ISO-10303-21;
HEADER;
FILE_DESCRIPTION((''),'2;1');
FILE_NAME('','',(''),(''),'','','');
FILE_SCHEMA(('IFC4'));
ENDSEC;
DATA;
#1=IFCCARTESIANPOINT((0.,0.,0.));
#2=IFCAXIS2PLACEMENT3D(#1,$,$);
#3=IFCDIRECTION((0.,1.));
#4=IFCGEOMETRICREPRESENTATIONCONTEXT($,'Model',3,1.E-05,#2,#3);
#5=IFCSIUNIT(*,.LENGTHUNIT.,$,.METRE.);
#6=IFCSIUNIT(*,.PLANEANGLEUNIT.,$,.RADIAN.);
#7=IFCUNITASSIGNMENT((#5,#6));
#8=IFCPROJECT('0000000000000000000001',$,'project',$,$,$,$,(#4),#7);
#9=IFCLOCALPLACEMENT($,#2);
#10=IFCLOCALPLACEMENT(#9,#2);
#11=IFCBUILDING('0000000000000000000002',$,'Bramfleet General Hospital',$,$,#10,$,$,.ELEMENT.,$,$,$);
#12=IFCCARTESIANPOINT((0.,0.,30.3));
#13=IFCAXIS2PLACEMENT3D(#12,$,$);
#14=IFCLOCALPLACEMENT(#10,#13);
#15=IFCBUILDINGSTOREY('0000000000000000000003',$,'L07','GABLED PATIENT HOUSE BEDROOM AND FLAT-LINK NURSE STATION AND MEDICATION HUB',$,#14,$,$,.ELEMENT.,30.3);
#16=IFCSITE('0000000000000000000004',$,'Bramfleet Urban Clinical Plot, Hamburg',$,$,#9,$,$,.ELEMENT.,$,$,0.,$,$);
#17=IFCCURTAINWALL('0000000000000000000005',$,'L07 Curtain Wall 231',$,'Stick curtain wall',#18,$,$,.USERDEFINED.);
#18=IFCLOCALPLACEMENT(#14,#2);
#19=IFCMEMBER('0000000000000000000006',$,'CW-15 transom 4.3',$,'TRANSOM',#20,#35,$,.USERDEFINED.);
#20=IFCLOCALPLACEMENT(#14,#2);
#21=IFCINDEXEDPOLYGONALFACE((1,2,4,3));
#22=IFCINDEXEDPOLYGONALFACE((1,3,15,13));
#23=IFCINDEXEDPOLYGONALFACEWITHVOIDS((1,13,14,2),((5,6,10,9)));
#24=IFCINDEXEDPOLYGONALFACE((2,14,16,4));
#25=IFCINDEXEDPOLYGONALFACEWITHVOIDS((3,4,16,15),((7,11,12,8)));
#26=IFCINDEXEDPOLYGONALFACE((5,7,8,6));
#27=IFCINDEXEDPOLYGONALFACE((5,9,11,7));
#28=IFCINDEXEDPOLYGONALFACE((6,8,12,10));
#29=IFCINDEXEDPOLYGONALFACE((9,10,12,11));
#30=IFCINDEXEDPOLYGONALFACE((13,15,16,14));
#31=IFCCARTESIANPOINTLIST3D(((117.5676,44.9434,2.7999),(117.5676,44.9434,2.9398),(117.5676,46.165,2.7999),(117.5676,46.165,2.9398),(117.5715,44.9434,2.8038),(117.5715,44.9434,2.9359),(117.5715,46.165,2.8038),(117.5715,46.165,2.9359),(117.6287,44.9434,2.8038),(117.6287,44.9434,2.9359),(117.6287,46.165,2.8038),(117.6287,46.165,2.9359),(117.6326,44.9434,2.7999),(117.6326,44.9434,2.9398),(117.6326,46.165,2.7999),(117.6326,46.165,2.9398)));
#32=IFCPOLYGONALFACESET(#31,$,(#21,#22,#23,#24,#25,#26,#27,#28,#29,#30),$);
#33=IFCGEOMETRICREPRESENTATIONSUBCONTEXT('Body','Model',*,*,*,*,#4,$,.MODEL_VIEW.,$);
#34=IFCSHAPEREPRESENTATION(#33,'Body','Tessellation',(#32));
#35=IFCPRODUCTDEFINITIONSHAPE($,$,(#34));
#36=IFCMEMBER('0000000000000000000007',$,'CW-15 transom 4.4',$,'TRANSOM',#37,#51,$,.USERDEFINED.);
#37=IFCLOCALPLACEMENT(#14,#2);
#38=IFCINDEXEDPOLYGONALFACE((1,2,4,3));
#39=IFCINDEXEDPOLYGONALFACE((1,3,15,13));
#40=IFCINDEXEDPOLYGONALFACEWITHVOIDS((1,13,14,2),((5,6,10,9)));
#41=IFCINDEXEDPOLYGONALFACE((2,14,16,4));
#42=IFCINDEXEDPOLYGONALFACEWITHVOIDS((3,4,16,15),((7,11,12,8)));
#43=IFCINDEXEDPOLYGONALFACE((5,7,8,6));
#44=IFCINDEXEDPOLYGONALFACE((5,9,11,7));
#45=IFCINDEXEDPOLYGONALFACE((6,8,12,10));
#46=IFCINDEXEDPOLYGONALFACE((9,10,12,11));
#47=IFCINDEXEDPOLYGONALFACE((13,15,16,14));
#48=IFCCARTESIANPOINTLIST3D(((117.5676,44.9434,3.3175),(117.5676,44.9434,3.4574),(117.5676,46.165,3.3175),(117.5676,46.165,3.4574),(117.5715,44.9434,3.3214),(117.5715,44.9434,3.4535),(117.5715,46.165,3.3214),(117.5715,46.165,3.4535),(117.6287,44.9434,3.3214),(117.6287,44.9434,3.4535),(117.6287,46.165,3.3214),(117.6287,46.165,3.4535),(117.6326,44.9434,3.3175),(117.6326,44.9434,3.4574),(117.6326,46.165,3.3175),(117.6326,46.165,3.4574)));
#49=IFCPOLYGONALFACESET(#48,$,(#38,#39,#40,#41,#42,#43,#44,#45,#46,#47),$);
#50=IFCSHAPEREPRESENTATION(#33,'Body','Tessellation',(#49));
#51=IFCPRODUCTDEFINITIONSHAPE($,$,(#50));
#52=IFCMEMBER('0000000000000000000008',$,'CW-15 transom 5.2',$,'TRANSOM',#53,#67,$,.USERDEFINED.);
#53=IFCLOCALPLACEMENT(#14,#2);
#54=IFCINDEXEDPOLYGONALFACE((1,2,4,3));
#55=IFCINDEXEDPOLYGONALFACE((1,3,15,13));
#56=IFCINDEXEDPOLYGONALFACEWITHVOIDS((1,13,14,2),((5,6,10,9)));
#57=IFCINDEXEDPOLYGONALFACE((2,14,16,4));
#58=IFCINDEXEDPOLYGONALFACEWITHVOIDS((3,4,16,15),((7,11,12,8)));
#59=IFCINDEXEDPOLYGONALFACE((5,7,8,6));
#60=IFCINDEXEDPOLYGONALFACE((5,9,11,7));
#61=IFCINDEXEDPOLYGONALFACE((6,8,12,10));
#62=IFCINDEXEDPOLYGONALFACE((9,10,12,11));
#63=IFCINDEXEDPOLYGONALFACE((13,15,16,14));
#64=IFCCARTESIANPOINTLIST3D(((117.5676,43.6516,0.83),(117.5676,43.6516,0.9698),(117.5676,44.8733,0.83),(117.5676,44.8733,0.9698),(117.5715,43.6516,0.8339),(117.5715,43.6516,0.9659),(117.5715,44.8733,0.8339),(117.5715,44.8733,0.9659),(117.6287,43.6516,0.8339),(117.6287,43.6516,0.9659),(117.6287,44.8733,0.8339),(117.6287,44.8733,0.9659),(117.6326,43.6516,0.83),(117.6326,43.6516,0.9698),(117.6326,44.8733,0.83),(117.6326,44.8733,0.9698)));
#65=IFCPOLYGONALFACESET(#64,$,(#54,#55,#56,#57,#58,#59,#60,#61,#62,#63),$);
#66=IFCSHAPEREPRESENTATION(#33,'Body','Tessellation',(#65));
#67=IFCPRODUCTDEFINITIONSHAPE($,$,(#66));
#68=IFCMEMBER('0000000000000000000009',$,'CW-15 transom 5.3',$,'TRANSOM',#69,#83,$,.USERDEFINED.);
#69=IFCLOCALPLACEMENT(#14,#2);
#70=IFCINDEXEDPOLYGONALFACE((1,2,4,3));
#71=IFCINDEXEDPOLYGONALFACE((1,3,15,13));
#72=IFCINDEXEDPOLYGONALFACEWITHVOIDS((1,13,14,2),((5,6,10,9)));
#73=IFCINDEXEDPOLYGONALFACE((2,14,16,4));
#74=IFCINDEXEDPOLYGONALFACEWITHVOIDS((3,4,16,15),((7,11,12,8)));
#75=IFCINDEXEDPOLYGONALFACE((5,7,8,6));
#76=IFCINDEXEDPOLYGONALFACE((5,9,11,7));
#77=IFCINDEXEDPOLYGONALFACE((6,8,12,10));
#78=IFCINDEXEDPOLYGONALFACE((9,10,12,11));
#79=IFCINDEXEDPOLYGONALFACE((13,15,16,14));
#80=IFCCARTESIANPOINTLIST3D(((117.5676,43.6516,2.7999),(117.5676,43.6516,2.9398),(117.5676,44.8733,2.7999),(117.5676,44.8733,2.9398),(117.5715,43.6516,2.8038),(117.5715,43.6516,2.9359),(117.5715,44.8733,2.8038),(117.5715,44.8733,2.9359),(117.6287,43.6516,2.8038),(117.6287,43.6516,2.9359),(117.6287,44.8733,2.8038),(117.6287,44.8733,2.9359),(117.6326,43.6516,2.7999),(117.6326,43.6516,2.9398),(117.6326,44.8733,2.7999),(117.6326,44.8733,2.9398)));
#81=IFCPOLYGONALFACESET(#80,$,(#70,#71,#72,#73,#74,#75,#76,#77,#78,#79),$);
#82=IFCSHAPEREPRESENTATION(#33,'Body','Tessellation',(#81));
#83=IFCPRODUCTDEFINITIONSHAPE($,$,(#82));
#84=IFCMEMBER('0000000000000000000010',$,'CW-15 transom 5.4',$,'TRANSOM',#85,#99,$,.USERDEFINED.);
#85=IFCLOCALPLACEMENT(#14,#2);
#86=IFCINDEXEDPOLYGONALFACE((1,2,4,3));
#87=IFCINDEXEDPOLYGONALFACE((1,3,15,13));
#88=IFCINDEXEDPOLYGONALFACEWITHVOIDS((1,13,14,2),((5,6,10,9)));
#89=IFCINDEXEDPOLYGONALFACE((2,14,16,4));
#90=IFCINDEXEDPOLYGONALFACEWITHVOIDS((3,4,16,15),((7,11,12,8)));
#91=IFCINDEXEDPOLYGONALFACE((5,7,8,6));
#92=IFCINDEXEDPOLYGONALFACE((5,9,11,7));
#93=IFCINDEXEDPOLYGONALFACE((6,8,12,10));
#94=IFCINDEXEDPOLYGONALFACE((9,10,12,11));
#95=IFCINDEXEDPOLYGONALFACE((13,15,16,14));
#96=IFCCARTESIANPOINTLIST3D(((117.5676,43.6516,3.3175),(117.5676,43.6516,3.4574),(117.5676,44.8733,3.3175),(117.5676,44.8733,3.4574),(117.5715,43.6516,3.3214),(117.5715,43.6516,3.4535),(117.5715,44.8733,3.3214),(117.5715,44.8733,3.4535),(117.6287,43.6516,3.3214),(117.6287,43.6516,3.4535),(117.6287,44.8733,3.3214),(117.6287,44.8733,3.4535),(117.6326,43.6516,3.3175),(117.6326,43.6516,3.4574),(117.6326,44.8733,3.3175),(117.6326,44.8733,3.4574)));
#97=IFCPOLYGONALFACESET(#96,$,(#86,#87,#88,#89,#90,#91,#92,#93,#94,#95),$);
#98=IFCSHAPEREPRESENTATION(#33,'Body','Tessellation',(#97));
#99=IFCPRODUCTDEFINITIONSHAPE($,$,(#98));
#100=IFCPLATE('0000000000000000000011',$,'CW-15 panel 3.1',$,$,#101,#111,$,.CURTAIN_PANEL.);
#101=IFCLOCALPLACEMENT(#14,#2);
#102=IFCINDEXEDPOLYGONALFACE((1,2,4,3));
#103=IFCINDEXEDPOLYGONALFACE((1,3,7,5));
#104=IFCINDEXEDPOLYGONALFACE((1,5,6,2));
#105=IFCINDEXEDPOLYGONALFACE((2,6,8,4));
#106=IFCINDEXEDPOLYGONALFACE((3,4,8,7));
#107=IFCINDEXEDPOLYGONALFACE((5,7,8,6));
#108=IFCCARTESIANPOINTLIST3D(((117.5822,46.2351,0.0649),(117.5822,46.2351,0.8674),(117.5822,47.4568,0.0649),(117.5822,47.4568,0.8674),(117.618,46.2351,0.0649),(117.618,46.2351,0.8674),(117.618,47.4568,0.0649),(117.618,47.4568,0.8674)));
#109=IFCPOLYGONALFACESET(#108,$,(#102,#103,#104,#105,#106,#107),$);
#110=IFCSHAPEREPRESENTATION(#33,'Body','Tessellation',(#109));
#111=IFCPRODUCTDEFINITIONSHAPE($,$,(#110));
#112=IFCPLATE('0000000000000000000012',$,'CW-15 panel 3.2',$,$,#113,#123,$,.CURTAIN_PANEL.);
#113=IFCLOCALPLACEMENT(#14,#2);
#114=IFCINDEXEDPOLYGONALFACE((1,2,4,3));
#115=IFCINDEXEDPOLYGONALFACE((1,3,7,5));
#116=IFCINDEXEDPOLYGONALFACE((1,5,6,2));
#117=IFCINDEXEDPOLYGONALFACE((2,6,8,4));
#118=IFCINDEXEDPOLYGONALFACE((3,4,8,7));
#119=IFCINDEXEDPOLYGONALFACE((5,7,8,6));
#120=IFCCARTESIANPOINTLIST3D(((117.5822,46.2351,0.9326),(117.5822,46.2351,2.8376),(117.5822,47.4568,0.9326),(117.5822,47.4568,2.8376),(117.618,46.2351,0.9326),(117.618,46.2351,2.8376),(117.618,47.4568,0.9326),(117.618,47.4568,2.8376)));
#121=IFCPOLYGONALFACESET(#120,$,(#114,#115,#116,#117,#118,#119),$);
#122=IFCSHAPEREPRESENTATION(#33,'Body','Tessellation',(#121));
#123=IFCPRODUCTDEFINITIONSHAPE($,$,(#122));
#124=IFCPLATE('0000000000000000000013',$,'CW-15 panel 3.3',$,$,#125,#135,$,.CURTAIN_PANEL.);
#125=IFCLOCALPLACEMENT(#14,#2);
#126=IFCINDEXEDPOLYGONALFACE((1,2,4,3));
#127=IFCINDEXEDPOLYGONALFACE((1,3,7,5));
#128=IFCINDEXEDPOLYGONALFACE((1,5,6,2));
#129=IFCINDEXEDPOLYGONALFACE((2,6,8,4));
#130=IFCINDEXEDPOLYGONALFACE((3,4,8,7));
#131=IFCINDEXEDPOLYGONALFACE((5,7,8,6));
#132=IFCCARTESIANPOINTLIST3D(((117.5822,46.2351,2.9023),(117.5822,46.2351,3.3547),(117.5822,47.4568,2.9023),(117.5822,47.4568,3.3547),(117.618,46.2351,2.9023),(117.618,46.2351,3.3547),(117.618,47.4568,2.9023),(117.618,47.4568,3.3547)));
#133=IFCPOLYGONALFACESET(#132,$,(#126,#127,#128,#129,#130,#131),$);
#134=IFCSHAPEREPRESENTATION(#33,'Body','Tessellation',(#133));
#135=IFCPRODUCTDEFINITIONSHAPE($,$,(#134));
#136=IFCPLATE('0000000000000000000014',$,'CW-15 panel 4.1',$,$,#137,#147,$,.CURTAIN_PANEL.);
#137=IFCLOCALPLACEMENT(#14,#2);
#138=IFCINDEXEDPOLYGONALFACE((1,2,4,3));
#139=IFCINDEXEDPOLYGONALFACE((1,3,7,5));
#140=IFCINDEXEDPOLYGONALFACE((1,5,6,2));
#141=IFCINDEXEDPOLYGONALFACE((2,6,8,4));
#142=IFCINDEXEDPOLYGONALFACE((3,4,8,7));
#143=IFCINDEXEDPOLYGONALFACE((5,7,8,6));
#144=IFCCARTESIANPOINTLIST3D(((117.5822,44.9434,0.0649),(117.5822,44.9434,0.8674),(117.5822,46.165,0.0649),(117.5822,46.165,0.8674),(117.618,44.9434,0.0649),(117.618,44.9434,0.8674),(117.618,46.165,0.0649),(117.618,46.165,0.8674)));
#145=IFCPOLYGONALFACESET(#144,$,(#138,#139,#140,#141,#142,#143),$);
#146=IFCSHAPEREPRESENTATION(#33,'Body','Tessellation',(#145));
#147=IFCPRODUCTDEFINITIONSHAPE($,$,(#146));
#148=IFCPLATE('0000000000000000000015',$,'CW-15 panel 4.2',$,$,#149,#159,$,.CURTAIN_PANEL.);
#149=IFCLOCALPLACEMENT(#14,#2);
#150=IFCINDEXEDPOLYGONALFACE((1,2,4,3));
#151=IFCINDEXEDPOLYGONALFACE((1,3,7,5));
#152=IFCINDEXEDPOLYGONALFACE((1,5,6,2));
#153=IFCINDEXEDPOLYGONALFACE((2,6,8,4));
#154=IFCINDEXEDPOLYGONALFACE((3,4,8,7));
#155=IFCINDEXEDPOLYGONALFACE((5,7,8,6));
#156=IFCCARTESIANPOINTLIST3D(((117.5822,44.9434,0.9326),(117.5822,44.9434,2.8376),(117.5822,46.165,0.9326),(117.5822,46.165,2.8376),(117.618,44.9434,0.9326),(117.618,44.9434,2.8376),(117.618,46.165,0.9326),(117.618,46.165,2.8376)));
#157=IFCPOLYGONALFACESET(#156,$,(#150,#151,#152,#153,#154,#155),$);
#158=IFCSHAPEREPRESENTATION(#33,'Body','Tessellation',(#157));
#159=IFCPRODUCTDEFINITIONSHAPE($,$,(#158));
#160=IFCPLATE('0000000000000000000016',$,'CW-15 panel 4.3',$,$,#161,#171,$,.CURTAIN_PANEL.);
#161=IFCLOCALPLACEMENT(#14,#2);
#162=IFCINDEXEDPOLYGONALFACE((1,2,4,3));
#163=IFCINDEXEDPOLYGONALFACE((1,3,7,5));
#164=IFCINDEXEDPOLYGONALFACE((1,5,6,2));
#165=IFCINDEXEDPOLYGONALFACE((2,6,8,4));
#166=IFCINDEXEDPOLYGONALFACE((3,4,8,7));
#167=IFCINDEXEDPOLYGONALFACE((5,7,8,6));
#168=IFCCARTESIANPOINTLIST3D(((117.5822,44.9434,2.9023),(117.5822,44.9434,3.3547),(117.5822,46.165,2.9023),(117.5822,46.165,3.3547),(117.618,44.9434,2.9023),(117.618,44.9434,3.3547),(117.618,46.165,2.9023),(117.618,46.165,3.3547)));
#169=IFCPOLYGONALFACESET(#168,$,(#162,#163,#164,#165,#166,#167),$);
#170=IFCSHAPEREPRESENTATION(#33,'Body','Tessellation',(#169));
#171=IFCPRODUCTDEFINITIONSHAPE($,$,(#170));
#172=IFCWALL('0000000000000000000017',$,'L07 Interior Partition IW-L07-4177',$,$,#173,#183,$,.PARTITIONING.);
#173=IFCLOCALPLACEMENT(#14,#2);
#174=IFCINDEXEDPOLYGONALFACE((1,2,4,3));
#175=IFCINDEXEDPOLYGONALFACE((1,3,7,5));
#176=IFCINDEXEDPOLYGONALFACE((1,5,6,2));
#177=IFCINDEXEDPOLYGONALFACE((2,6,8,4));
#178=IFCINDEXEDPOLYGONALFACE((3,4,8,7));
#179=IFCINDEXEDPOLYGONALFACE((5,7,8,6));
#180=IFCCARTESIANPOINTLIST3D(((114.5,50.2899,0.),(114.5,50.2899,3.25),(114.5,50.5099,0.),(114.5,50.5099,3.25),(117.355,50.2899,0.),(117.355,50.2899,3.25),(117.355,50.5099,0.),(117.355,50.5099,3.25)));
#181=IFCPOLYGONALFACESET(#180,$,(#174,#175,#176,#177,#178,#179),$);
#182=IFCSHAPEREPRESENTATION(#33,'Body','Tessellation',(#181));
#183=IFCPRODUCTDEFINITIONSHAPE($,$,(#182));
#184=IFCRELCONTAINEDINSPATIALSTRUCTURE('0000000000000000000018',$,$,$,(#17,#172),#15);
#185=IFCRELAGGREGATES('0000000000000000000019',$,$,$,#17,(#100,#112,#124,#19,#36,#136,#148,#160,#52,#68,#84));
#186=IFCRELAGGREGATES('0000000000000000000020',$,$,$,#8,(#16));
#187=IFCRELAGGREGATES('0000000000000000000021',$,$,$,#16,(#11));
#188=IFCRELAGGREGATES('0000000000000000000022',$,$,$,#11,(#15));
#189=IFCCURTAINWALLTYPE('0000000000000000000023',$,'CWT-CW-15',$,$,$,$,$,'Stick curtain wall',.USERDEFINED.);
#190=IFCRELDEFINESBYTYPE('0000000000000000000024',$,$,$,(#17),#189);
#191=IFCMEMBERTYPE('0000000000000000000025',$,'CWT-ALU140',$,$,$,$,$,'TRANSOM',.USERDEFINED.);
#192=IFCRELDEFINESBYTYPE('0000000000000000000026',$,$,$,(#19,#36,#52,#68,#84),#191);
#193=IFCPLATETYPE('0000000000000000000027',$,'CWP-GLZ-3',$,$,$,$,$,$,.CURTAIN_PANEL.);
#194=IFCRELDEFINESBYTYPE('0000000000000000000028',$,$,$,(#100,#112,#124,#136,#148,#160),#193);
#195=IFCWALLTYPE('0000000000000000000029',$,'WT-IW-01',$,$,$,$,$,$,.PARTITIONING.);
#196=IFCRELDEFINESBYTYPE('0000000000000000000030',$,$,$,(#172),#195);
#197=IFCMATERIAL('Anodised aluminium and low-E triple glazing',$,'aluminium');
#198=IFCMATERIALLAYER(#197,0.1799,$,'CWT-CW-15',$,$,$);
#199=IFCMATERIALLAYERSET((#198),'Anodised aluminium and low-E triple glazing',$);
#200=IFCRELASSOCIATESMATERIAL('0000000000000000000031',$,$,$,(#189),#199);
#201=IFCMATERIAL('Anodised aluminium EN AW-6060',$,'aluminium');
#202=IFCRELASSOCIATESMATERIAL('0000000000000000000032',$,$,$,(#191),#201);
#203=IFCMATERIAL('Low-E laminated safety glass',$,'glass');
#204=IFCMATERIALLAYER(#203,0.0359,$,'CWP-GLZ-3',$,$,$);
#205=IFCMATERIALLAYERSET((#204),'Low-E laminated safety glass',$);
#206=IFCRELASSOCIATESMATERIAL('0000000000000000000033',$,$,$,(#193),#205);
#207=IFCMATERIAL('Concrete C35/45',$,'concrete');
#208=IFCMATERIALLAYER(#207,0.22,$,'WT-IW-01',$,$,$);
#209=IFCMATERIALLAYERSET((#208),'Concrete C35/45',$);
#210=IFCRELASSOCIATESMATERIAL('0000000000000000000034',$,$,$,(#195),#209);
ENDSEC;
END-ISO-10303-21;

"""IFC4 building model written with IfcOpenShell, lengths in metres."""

from ifc_helpers import new_model, si_unit, direction, frame, frame_2d, origin, origin_2d, place, context, subcontext, project, spatial, rectangle, hollow_rectangle, extrude, material, layer, layer_set, material_profile, profile_set, type_object, element, aggregate, save


model = new_model("IFC4")

# Units and contexts
model_context = context("Model", 3, precision=1e-05, world=origin(), true_north=direction((0.0, 1.0)))
body_context = subcontext(model_context, "Body", "Model", "MODEL_VIEW")
ifc_project = project(units=[si_unit("LENGTHUNIT", "METRE"), si_unit("PLANEANGLEUNIT", "RADIAN")], contexts=[model_context])

# Site, building, storey
site_placement = place(None, origin())
site = spatial("IfcSite", under=ifc_project, at=site_placement, Name="Bramfleet Urban Clinical Plot, Hamburg", CompositionType="ELEMENT", RefElevation=0.0)
building_placement = place(site_placement, origin())
building = spatial("IfcBuilding", under=site, at=building_placement, Name="Bramfleet General Hospital", CompositionType="ELEMENT")
storey_placement = place(building_placement, frame((0.0, 0.0, 30.3)))
storey = spatial("IfcBuildingStorey", under=building, at=storey_placement, Name="L07", Description="GABLED PATIENT HOUSE BEDROOM AND FLAT-LINK NURSE STATION AND MEDICATION HUB", CompositionType="ELEMENT", Elevation=30.3)

# Curtain wall, members, plates
ifc_material_1 = material(Name="Anodised aluminium and low-E triple glazing", Category="aluminium")
ifc_layer_1 = layer(ifc_material_1, 0.1799, Name="CWT-CW-15")
ifc_layer_set_1 = layer_set([ifc_layer_1], Name="Anodised aluminium and low-E triple glazing")
curtain_wall_type = type_object("IfcCurtainWallType", Name="CWT-CW-15", ElementType="Stick curtain wall", PredefinedType="USERDEFINED", material=ifc_layer_set_1)
curtain_wall_placement = place(storey_placement, origin())
curtain_wall = element("IfcCurtainWall", 1, at=curtain_wall_placement, inside=storey, type_object=curtain_wall_type, Name="L07 Curtain Wall 231", ObjectType="Stick curtain wall", PredefinedType="USERDEFINED")
ifc_material_2 = material(Name="Anodised aluminium EN AW-6060", Category="aluminium")
ifc_material_profile_1 = material_profile(ifc_material_2, hollow_rectangle(XDim=0.0649, YDim=0.1399, WallThickness=0.0039, at=origin_2d()), Name="ALU 140x65x4.0")
ifc_profile_set_1 = profile_set([ifc_material_profile_1], Name="Anodised aluminium EN AW-6060")
member_type_1 = type_object("IfcMemberType", Name="CWT-ALU140", ElementType="TRANSOM", PredefinedType="USERDEFINED", material=ifc_profile_set_1)
member_1_placement = place(storey_placement, frame((117.6001, 46.165, 2.8699), z_axis=(0.0, -1.0, 0.0), x_axis=(1.0, 0.0, 0.0)))
member_1 = element("IfcMember", 2, at=member_1_placement, type_object=member_type_1, Name="CW-15 transom 4.3", ObjectType="TRANSOM", PredefinedType="USERDEFINED", context=body_context, shape_type="SweptSolid", body=[
    extrude(hollow_rectangle(XDim=0.0649, YDim=0.1399, WallThickness=0.0039, at=origin_2d()), origin(), (0.0, 0.0, 1.0), 1.2217),
])
member_2_placement = place(storey_placement, frame((117.6001, 46.165, 3.3875), z_axis=(0.0, -1.0, 0.0), x_axis=(1.0, 0.0, 0.0)))
member_2 = element("IfcMember", 3, at=member_2_placement, type_object=member_type_1, Name="CW-15 transom 4.4", ObjectType="TRANSOM", PredefinedType="USERDEFINED", context=body_context, shape_type="SweptSolid", body=[
    extrude(hollow_rectangle(XDim=0.0649, YDim=0.1399, WallThickness=0.0039, at=origin_2d()), origin(), (0.0, 0.0, 1.0), 1.2217),
])
member_3_placement = place(storey_placement, frame((117.6001, 44.8733, 0.8999), z_axis=(0.0, -1.0, 0.0), x_axis=(1.0, 0.0, 0.0)))
member_3 = element("IfcMember", 4, at=member_3_placement, type_object=member_type_1, Name="CW-15 transom 5.2", ObjectType="TRANSOM", PredefinedType="USERDEFINED", context=body_context, shape_type="SweptSolid", body=[
    extrude(hollow_rectangle(XDim=0.0649, YDim=0.1399, WallThickness=0.0039, at=origin_2d()), origin(), (0.0, 0.0, 1.0), 1.2217),
])
member_4_placement = place(storey_placement, frame((117.6001, 44.8733, 2.8699), z_axis=(0.0, -1.0, 0.0), x_axis=(1.0, 0.0, 0.0)))
member_4 = element("IfcMember", 5, at=member_4_placement, type_object=member_type_1, Name="CW-15 transom 5.3", ObjectType="TRANSOM", PredefinedType="USERDEFINED", context=body_context, shape_type="SweptSolid", body=[
    extrude(hollow_rectangle(XDim=0.0649, YDim=0.1399, WallThickness=0.0039, at=origin_2d()), origin(), (0.0, 0.0, 1.0), 1.2217),
])
member_5_placement = place(storey_placement, frame((117.6001, 44.8733, 3.3875), z_axis=(0.0, -1.0, 0.0), x_axis=(1.0, 0.0, 0.0)))
member_5 = element("IfcMember", 6, at=member_5_placement, type_object=member_type_1, Name="CW-15 transom 5.4", ObjectType="TRANSOM", PredefinedType="USERDEFINED", context=body_context, shape_type="SweptSolid", body=[
    extrude(hollow_rectangle(XDim=0.0649, YDim=0.1399, WallThickness=0.0039, at=origin_2d()), origin(), (0.0, 0.0, 1.0), 1.2217),
])
ifc_material_3 = material(Name="Low-E laminated safety glass", Category="glass")
ifc_layer_2 = layer(ifc_material_3, 0.0359, Name="CWP-GLZ-3")
ifc_layer_set_2 = layer_set([ifc_layer_2], Name="Low-E laminated safety glass")
plate_type = type_object("IfcPlateType", Name="CWP-GLZ-3", PredefinedType="CURTAIN_PANEL", material=ifc_layer_set_2)
plate_1_placement = place(storey_placement, frame((117.6001, 46.8459, 0.0649), z_axis=(0.0, 0.0, 1.0), x_axis=(0.0, -1.0, 0.0)))
plate_1 = element("IfcPlate", 7, at=plate_1_placement, type_object=plate_type, Name="CW-15 panel 3.1", PredefinedType="CURTAIN_PANEL", context=body_context, shape_type="SweptSolid", body=[
    extrude(rectangle(XDim=1.2217, YDim=0.0359, at=origin_2d()), origin(), (0.0, 0.0, 1.0), 0.8025),
])
plate_2_placement = place(storey_placement, frame((117.6001, 46.8459, 0.9326), z_axis=(0.0, 0.0, 1.0), x_axis=(0.0, -1.0, 0.0)))
plate_2 = element("IfcPlate", 8, at=plate_2_placement, type_object=plate_type, Name="CW-15 panel 3.2", PredefinedType="CURTAIN_PANEL", context=body_context, shape_type="SweptSolid", body=[
    extrude(rectangle(XDim=1.2217, YDim=0.0359, at=origin_2d()), origin(), (0.0, 0.0, 1.0), 1.905),
])
plate_3_placement = place(storey_placement, frame((117.6001, 46.8459, 2.9023), z_axis=(0.0, 0.0, 1.0), x_axis=(0.0, -1.0, 0.0)))
plate_3 = element("IfcPlate", 9, at=plate_3_placement, type_object=plate_type, Name="CW-15 panel 3.3", PredefinedType="CURTAIN_PANEL", context=body_context, shape_type="SweptSolid", body=[
    extrude(rectangle(XDim=1.2217, YDim=0.0359, at=origin_2d()), origin(), (0.0, 0.0, 1.0), 0.4524),
])
plate_4_placement = place(storey_placement, frame((117.6001, 45.5542, 0.0649), z_axis=(0.0, 0.0, 1.0), x_axis=(0.0, -1.0, 0.0)))
plate_4 = element("IfcPlate", 10, at=plate_4_placement, type_object=plate_type, Name="CW-15 panel 4.1", PredefinedType="CURTAIN_PANEL", context=body_context, shape_type="SweptSolid", body=[
    extrude(rectangle(XDim=1.2217, YDim=0.0359, at=origin_2d()), origin(), (0.0, 0.0, 1.0), 0.8025),
])
plate_5_placement = place(storey_placement, frame((117.6001, 45.5542, 0.9326), z_axis=(0.0, 0.0, 1.0), x_axis=(0.0, -1.0, 0.0)))
plate_5 = element("IfcPlate", 11, at=plate_5_placement, type_object=plate_type, Name="CW-15 panel 4.2", PredefinedType="CURTAIN_PANEL", context=body_context, shape_type="SweptSolid", body=[
    extrude(rectangle(XDim=1.2217, YDim=0.0359, at=origin_2d()), origin(), (0.0, 0.0, 1.0), 1.905),
])
plate_6_placement = place(storey_placement, frame((117.6001, 45.5542, 2.9023), z_axis=(0.0, 0.0, 1.0), x_axis=(0.0, -1.0, 0.0)))
plate_6 = element("IfcPlate", 12, at=plate_6_placement, type_object=plate_type, Name="CW-15 panel 4.3", PredefinedType="CURTAIN_PANEL", context=body_context, shape_type="SweptSolid", body=[
    extrude(rectangle(XDim=1.2217, YDim=0.0359, at=origin_2d()), origin(), (0.0, 0.0, 1.0), 0.4524),
])
aggregate(curtain_wall, [plate_1, plate_2, plate_3, member_1, member_2, plate_4, plate_5, plate_6, member_3, member_4, member_5])

# Wall
ifc_material_4 = material(Name="Concrete C35/45", Category="concrete")
ifc_layer_3 = layer(ifc_material_4, 0.22, Name="WT-IW-01")
ifc_layer_set_3 = layer_set([ifc_layer_3], Name="Concrete C35/45")
wall_type_1 = type_object("IfcWallType", Name="WT-IW-01", PredefinedType="PARTITIONING", material=ifc_layer_set_3)
wall_1_placement = place(storey_placement, frame((114.5, 50.3999, 0.0), z_axis=(0.0, 0.0, 1.0), x_axis=(1.0, 0.0, 0.0)))
element("IfcWall", 13, at=wall_1_placement, inside=storey, type_object=wall_type_1, Name="L07 Interior Partition IW-L07-4177", PredefinedType="PARTITIONING", context=body_context, shape_type="SweptSolid", body=[
    extrude(rectangle(XDim=2.855, YDim=0.22, at=frame_2d((1.4275, 0.0))), origin(), (0.0, 0.0, 1.0), 3.25),
])

save(model, "model.ifc")
